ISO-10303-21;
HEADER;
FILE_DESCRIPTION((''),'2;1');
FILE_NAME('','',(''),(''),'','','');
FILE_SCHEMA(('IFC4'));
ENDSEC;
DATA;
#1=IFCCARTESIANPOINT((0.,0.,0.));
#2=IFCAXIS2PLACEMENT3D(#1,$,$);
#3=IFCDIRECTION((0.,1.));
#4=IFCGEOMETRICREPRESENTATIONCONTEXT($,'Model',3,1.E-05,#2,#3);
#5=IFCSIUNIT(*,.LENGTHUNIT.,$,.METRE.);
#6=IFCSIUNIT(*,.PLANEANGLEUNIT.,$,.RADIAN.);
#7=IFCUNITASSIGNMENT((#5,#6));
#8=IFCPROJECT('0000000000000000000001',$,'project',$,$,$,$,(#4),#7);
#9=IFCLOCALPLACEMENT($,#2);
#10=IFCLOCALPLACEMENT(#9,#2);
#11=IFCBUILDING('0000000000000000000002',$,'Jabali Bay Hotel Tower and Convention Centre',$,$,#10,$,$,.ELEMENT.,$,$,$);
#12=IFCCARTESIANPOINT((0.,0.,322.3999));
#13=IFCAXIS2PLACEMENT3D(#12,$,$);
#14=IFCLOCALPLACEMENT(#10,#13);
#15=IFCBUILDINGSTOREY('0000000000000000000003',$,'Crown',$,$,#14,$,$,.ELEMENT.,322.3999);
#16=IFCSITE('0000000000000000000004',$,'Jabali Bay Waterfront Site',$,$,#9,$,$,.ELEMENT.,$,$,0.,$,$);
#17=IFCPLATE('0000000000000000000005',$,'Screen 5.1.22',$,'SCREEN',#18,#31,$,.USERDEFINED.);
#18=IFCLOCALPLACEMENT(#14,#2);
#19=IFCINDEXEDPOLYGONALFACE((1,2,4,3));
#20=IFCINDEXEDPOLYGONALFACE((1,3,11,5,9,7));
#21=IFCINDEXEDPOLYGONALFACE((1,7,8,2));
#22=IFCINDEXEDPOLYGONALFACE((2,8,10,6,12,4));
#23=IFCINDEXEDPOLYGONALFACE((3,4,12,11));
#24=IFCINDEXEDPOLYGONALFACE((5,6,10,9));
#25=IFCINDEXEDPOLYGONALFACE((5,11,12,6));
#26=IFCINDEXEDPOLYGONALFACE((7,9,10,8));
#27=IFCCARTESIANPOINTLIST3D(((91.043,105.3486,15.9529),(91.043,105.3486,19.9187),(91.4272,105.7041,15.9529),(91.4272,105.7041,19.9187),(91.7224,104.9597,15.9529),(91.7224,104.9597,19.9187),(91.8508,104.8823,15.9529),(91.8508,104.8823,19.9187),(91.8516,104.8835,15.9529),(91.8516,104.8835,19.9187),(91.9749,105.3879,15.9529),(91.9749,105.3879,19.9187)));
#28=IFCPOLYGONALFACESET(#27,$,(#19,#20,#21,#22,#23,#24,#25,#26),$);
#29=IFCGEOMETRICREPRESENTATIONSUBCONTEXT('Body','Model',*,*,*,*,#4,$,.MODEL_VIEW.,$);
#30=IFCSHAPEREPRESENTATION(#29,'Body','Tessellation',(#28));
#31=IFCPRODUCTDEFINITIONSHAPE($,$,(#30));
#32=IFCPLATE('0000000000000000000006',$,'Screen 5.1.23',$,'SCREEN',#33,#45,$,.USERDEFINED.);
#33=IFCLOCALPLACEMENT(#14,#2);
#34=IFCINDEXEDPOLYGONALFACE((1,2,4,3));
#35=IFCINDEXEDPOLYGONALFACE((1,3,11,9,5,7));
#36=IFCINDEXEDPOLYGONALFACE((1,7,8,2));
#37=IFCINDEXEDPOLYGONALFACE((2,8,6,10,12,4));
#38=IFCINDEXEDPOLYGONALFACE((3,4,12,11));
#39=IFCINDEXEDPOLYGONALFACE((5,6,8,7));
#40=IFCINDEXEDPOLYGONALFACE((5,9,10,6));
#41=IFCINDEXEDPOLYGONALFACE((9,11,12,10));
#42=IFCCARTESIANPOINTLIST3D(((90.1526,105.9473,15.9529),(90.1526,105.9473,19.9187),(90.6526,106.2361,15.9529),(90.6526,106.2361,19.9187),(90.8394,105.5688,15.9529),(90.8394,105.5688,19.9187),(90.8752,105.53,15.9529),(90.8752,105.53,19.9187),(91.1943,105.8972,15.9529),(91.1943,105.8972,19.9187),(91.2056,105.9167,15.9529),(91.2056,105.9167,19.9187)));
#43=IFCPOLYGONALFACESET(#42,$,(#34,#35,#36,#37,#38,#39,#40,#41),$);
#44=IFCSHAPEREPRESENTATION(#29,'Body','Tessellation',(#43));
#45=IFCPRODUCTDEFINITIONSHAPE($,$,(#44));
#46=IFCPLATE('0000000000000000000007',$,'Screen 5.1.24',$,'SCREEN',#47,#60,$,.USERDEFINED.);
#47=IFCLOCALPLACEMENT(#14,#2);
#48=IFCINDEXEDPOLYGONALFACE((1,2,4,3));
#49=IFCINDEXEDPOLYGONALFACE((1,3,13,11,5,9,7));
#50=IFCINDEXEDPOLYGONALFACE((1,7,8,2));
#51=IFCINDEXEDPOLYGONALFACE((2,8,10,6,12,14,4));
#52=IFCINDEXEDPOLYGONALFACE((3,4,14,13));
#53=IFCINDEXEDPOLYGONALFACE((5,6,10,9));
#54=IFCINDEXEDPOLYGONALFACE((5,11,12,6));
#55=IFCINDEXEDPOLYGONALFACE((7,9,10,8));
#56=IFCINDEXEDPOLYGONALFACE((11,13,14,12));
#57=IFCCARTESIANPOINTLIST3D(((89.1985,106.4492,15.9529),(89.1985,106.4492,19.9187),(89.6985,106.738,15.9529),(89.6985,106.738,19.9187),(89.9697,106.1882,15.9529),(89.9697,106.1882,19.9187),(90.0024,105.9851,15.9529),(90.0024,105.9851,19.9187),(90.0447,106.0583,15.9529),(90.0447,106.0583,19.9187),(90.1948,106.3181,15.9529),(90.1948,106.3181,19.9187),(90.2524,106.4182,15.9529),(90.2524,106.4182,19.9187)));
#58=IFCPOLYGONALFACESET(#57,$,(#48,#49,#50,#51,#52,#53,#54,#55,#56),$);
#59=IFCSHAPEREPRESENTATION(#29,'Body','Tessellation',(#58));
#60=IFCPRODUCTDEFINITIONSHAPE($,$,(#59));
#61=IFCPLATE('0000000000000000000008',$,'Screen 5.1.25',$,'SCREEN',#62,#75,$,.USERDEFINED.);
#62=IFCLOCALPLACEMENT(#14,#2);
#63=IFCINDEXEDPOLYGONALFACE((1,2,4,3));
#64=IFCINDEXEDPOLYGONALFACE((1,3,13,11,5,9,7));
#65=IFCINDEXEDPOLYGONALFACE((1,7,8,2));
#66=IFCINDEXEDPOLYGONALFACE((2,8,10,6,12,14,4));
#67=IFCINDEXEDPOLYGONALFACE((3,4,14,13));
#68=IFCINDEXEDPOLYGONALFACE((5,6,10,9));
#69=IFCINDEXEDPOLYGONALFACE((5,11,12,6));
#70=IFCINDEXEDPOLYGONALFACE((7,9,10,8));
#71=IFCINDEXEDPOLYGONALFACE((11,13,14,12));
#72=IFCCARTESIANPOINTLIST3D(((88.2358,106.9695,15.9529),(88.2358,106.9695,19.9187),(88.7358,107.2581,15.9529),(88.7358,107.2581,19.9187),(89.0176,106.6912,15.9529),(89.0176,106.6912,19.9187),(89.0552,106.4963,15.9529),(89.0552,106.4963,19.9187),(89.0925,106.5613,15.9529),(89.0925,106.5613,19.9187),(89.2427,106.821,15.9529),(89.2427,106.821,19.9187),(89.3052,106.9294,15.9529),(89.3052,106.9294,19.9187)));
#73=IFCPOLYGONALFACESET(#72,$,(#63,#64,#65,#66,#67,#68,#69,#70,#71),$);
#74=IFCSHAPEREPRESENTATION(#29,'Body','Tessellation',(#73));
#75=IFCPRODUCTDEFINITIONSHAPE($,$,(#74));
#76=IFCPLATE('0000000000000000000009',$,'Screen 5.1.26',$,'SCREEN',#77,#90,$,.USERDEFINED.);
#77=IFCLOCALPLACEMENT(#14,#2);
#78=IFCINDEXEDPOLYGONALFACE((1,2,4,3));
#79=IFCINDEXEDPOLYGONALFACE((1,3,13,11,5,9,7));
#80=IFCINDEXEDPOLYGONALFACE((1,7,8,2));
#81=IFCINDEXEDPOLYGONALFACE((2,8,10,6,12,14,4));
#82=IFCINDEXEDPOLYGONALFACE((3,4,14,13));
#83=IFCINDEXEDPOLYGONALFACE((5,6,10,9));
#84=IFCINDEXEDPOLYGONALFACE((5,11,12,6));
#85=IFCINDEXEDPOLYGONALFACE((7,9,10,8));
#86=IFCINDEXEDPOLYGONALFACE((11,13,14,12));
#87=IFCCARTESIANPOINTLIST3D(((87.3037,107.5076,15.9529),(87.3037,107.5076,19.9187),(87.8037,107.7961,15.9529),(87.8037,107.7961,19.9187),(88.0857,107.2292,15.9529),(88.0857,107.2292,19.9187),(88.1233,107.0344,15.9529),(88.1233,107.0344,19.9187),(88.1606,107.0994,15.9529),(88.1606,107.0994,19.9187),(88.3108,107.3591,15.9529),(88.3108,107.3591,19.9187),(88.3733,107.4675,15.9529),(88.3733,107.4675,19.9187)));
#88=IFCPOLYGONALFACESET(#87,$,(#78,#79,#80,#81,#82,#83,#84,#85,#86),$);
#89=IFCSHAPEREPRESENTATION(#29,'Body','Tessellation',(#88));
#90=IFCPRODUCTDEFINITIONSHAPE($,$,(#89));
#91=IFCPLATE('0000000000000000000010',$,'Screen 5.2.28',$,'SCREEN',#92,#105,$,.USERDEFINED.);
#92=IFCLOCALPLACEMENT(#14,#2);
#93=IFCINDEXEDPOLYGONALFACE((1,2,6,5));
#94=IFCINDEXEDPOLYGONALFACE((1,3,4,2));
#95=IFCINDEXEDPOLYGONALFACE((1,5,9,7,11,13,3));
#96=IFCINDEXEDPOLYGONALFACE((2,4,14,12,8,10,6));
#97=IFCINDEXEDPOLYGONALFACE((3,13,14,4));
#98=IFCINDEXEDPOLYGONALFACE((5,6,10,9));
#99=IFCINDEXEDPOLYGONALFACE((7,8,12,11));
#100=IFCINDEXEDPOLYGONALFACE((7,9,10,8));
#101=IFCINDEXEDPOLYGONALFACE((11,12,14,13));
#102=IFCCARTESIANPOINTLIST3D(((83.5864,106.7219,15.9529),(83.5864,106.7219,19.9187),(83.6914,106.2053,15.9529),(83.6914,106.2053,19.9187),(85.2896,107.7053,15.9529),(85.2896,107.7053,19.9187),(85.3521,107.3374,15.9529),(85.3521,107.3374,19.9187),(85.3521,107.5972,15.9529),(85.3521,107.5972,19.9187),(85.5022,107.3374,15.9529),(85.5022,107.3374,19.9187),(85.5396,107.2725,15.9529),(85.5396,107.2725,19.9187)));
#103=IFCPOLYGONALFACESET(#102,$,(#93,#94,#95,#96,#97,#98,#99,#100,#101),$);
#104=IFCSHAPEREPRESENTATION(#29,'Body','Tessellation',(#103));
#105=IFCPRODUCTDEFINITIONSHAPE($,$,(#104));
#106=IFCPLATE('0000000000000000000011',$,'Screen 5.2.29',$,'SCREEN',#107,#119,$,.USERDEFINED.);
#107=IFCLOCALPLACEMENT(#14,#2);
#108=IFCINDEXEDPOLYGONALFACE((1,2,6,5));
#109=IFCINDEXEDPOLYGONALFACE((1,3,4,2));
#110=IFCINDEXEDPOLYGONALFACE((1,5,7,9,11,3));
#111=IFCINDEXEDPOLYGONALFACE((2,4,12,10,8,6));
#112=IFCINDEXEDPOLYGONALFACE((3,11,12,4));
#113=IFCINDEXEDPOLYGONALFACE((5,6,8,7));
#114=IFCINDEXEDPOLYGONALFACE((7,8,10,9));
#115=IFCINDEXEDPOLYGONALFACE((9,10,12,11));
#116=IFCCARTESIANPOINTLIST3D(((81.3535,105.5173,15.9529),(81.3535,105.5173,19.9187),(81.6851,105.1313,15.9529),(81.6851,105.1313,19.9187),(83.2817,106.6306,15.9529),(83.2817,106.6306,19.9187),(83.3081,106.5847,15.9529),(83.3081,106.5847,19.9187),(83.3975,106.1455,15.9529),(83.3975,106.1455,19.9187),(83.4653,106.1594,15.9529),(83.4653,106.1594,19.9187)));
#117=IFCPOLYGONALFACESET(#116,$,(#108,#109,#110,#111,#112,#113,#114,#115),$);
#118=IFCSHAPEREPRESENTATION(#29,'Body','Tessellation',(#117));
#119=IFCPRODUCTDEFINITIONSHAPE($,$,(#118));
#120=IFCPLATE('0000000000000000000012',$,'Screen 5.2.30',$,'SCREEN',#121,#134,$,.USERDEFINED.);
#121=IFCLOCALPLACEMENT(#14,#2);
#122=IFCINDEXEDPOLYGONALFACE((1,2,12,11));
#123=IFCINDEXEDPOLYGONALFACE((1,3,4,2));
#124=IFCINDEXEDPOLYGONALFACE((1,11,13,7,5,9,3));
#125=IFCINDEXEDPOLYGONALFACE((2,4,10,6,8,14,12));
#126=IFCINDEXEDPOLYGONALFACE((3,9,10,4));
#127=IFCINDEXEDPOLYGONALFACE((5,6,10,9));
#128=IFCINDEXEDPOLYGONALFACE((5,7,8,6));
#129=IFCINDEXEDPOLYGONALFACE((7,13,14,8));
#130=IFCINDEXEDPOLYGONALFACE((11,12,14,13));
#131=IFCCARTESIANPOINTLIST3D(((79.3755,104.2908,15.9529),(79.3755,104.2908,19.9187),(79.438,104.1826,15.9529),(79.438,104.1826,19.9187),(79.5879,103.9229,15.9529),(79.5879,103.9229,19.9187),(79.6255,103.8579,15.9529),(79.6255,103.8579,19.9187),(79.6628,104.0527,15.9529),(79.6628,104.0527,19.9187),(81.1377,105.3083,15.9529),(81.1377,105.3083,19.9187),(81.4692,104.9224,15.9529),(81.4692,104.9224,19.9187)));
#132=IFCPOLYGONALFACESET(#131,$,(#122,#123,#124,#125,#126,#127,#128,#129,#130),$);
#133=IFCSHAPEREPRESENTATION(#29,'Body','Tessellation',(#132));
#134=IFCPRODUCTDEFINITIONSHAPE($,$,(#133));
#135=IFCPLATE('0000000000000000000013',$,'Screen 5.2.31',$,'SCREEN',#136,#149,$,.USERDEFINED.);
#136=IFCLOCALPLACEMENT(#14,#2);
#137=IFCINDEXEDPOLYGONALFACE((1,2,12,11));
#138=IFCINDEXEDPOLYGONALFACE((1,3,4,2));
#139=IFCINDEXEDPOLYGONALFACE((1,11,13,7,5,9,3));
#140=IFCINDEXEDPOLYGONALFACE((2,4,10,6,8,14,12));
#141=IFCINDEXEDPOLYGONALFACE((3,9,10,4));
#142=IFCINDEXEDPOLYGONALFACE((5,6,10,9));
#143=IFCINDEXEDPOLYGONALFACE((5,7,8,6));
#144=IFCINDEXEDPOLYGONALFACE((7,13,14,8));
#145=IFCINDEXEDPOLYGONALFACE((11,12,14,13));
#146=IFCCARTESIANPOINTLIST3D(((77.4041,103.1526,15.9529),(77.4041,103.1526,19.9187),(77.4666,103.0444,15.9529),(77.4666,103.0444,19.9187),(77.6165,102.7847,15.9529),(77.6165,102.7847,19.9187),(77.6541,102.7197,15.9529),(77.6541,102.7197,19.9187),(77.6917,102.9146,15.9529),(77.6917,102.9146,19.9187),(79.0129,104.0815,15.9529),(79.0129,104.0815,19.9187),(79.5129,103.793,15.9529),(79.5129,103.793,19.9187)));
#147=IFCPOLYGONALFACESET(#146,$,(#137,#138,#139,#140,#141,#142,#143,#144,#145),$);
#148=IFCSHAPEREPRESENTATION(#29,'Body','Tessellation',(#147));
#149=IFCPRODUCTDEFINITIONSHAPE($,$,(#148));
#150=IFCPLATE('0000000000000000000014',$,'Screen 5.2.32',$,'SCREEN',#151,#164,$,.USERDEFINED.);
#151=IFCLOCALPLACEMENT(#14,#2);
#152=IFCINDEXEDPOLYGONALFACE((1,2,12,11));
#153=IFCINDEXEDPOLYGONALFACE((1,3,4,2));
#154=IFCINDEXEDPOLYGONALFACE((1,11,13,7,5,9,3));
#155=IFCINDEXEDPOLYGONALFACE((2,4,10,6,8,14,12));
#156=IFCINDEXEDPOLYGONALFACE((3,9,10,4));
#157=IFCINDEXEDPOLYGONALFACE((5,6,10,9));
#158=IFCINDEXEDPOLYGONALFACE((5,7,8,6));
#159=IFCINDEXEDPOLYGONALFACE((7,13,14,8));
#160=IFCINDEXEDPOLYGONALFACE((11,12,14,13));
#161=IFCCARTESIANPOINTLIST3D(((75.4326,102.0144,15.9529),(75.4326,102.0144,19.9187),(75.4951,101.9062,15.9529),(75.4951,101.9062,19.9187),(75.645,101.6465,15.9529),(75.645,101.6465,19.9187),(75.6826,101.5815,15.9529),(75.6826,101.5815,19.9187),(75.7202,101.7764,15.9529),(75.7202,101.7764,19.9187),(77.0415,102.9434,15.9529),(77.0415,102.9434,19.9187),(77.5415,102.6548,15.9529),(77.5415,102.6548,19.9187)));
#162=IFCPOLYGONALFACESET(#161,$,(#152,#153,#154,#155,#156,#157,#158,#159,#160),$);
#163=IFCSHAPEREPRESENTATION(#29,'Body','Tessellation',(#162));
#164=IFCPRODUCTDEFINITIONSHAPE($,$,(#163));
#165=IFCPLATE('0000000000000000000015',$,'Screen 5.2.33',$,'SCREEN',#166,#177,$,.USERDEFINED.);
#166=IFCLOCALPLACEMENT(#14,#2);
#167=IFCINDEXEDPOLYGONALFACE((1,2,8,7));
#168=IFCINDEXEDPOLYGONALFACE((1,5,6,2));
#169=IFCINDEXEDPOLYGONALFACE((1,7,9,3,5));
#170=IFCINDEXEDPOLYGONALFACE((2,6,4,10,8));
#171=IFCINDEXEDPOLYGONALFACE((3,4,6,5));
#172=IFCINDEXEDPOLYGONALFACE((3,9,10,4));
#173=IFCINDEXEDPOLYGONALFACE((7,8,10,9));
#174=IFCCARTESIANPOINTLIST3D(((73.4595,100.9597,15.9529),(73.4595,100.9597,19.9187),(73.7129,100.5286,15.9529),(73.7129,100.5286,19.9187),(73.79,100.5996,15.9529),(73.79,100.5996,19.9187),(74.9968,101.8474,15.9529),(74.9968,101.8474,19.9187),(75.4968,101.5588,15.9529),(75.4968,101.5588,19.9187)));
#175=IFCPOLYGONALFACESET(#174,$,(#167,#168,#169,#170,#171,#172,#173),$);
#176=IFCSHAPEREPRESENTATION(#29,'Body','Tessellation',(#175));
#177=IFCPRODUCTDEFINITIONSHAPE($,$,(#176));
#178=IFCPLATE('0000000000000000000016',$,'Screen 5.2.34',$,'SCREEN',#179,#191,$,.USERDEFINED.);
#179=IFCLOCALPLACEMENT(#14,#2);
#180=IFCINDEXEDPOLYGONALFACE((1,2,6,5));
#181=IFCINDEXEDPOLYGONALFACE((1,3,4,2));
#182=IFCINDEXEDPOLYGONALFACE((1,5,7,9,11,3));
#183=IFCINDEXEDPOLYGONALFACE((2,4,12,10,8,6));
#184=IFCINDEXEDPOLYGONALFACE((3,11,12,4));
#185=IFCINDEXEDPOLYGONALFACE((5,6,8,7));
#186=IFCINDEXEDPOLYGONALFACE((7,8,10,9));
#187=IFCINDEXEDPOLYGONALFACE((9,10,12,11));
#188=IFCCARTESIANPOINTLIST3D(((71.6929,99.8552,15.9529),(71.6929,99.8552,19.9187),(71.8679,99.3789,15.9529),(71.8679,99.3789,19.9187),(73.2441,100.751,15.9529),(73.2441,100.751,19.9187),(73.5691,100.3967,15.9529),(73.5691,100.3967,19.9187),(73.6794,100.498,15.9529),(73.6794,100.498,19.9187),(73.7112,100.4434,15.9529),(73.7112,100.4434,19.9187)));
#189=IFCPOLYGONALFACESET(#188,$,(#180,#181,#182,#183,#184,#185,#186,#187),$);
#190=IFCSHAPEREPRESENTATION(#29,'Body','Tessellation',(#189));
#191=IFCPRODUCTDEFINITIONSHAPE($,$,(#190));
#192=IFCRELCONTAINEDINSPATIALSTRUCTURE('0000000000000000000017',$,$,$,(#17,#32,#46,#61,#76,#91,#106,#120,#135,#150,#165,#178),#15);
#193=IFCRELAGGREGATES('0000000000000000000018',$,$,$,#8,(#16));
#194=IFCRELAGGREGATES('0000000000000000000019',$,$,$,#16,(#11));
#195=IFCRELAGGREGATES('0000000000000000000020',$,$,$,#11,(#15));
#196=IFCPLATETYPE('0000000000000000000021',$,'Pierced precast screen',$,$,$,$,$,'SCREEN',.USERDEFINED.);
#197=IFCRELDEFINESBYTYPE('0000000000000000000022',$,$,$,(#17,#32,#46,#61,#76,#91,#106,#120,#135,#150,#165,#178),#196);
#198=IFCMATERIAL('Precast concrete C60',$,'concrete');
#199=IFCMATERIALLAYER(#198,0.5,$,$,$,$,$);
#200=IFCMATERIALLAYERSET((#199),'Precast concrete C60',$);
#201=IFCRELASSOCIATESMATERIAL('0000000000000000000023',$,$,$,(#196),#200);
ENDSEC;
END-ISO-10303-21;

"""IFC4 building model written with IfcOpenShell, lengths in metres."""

from ifc_helpers import new_model, si_unit, direction, frame, origin, place, context, subcontext, project, spatial, polyline, outline, extrude, material, layer, layer_set, type_object, element, save


model = new_model("IFC4")

# Units and contexts
model_context = context("Model", 3, precision=1e-05, world=origin(), true_north=direction((0.0, 1.0)))
body_context = subcontext(model_context, "Body", "Model", "MODEL_VIEW")
ifc_project = project(units=[si_unit("LENGTHUNIT", "METRE"), si_unit("PLANEANGLEUNIT", "RADIAN")], contexts=[model_context])

# Site, building, storey
site_placement = place(None, origin())
site = spatial("IfcSite", under=ifc_project, at=site_placement, Name="Jabali Bay Waterfront Site", CompositionType="ELEMENT", RefElevation=0.0)
building_placement = place(site_placement, origin())
building = spatial("IfcBuilding", under=site, at=building_placement, Name="Jabali Bay Hotel Tower and Convention Centre", CompositionType="ELEMENT")
storey_placement = place(building_placement, frame((0.0, 0.0, 322.3999)))
storey = spatial("IfcBuildingStorey", under=building, at=storey_placement, Name="Crown", CompositionType="ELEMENT", Elevation=322.3999)

# Plates
ifc_material = material(Name="Precast concrete C60", Category="concrete")
ifc_layer = layer(ifc_material, 0.5)
ifc_layer_set = layer_set([ifc_layer], Name="Precast concrete C60")
plate_type = type_object("IfcPlateType", Name="Pierced precast screen", ElementType="SCREEN", PredefinedType="USERDEFINED", material=ifc_layer_set)
plate_1_placement = place(storey_placement, frame((0.0, 0.0, 15.9529)))
element("IfcPlate", 1, at=plate_1_placement, inside=storey, type_object=plate_type, Name="Screen 5.1.22", ObjectType="SCREEN", PredefinedType="USERDEFINED", context=body_context, shape_type="SweptSolid", body=[
    extrude(outline(polyline([(91.043, 105.3486), (91.8508, 104.8823), (91.8516, 104.8835), (91.7224, 104.9597), (91.9749, 105.3879), (91.4272, 105.7041), (91.043, 105.3486)])), origin(), (0.0, 0.0, 1.0), 3.9658),
])
plate_2_placement = place(storey_placement, frame((0.0, 0.0, 15.9529)))
element("IfcPlate", 2, at=plate_2_placement, inside=storey, type_object=plate_type, Name="Screen 5.1.23", ObjectType="SCREEN", PredefinedType="USERDEFINED", context=body_context, shape_type="SweptSolid", body=[
    extrude(outline(polyline([(90.1526, 105.9473), (90.8752, 105.53), (90.8394, 105.5688), (91.1943, 105.8972), (91.2056, 105.9167), (90.6526, 106.2361), (90.1526, 105.9473)])), origin(), (0.0, 0.0, 1.0), 3.9658),
])
plate_3_placement = place(storey_placement, frame((0.0, 0.0, 15.9529)))
element("IfcPlate", 3, at=plate_3_placement, inside=storey, type_object=plate_type, Name="Screen 5.1.24", ObjectType="SCREEN", PredefinedType="USERDEFINED", context=body_context, shape_type="SweptSolid", body=[
    extrude(outline(polyline([(89.1985, 106.4492), (90.0024, 105.9851), (90.0447, 106.0583), (89.9697, 106.1882), (90.1948, 106.3181), (90.2524, 106.4182), (89.6985, 106.738), (89.1985, 106.4492)])), origin(), (0.0, 0.0, 1.0), 3.9658),
])
plate_4_placement = place(storey_placement, frame((0.0, 0.0, 15.9529)))
element("IfcPlate", 4, at=plate_4_placement, inside=storey, type_object=plate_type, Name="Screen 5.1.25", ObjectType="SCREEN", PredefinedType="USERDEFINED", context=body_context, shape_type="SweptSolid", body=[
    extrude(outline(polyline([(88.2358, 106.9695), (89.0552, 106.4963), (89.0925, 106.5613), (89.0176, 106.6912), (89.2427, 106.821), (89.3052, 106.9294), (88.7358, 107.2581), (88.2358, 106.9695)])), origin(), (0.0, 0.0, 1.0), 3.9658),
])
plate_5_placement = place(storey_placement, frame((0.0, 0.0, 15.9529)))
element("IfcPlate", 5, at=plate_5_placement, inside=storey, type_object=plate_type, Name="Screen 5.1.26", ObjectType="SCREEN", PredefinedType="USERDEFINED", context=body_context, shape_type="SweptSolid", body=[
    extrude(outline(polyline([(87.3037, 107.5076), (88.1233, 107.0344), (88.1606, 107.0994), (88.0857, 107.2292), (88.3108, 107.3591), (88.3733, 107.4675), (87.8037, 107.7961), (87.3037, 107.5076)])), origin(), (0.0, 0.0, 1.0), 3.9658),
])
plate_6_placement = place(storey_placement, frame((0.0, 0.0, 15.9529)))
element("IfcPlate", 6, at=plate_6_placement, inside=storey, type_object=plate_type, Name="Screen 5.2.28", ObjectType="SCREEN", PredefinedType="USERDEFINED", context=body_context, shape_type="SweptSolid", body=[
    extrude(outline(polyline([(83.6914, 106.2053), (85.5396, 107.2725), (85.5022, 107.3374), (85.3521, 107.3374), (85.3521, 107.5972), (85.2896, 107.7053), (83.5864, 106.7219), (83.6914, 106.2053)])), origin(), (0.0, 0.0, 1.0), 3.9658),
])
plate_7_placement = place(storey_placement, frame((0.0, 0.0, 15.9529)))
element("IfcPlate", 7, at=plate_7_placement, inside=storey, type_object=plate_type, Name="Screen 5.2.29", ObjectType="SCREEN", PredefinedType="USERDEFINED", context=body_context, shape_type="SweptSolid", body=[
    extrude(outline(polyline([(81.6851, 105.1313), (83.4653, 106.1594), (83.3975, 106.1455), (83.3081, 106.5847), (83.2817, 106.6306), (81.3535, 105.5173), (81.6851, 105.1313)])), origin(), (0.0, 0.0, 1.0), 3.9658),
])
plate_8_placement = place(storey_placement, frame((0.0, 0.0, 15.9529)))
element("IfcPlate", 8, at=plate_8_placement, inside=storey, type_object=plate_type, Name="Screen 5.2.30", ObjectType="SCREEN", PredefinedType="USERDEFINED", context=body_context, shape_type="SweptSolid", body=[
    extrude(outline(polyline([(79.6255, 103.8579), (81.4692, 104.9224), (81.1377, 105.3083), (79.3755, 104.2908), (79.438, 104.1826), (79.6628, 104.0527), (79.5879, 103.9229), (79.6255, 103.8579)])), origin(), (0.0, 0.0, 1.0), 3.9658),
])
plate_9_placement = place(storey_placement, frame((0.0, 0.0, 15.9529)))
element("IfcPlate", 9, at=plate_9_placement, inside=storey, type_object=plate_type, Name="Screen 5.2.31", ObjectType="SCREEN", PredefinedType="USERDEFINED", context=body_context, shape_type="SweptSolid", body=[
    extrude(outline(polyline([(77.6541, 102.7197), (79.5129, 103.793), (79.0129, 104.0815), (77.4041, 103.1526), (77.4666, 103.0444), (77.6917, 102.9146), (77.6165, 102.7847), (77.6541, 102.7197)])), origin(), (0.0, 0.0, 1.0), 3.9658),
])
plate_10_placement = place(storey_placement, frame((0.0, 0.0, 15.9529)))
element("IfcPlate", 10, at=plate_10_placement, inside=storey, type_object=plate_type, Name="Screen 5.2.32", ObjectType="SCREEN", PredefinedType="USERDEFINED", context=body_context, shape_type="SweptSolid", body=[
    extrude(outline(polyline([(75.6826, 101.5815), (77.5415, 102.6548), (77.0415, 102.9434), (75.4326, 102.0144), (75.4951, 101.9062), (75.7202, 101.7764), (75.645, 101.6465), (75.6826, 101.5815)])), origin(), (0.0, 0.0, 1.0), 3.9658),
])
plate_11_placement = place(storey_placement, frame((0.0, 0.0, 15.9529)))
element("IfcPlate", 11, at=plate_11_placement, inside=storey, type_object=plate_type, Name="Screen 5.2.33", ObjectType="SCREEN", PredefinedType="USERDEFINED", context=body_context, shape_type="SweptSolid", body=[
    extrude(outline(polyline([(73.7129, 100.5286), (75.4968, 101.5588), (74.9968, 101.8474), (73.4595, 100.9597), (73.79, 100.5996), (73.7129, 100.5286)])), origin(), (0.0, 0.0, 1.0), 3.9658),
])
plate_12_placement = place(storey_placement, frame((0.0, 0.0, 15.9529)))
element("IfcPlate", 12, at=plate_12_placement, inside=storey, type_object=plate_type, Name="Screen 5.2.34", ObjectType="SCREEN", PredefinedType="USERDEFINED", context=body_context, shape_type="SweptSolid", body=[
    extrude(outline(polyline([(71.8679, 99.3789), (73.7112, 100.4434), (73.6794, 100.498), (73.5691, 100.3967), (73.2441, 100.751), (71.6929, 99.8552), (71.8679, 99.3789)])), origin(), (0.0, 0.0, 1.0), 3.9658),
])

save(model, "model.ifc")
